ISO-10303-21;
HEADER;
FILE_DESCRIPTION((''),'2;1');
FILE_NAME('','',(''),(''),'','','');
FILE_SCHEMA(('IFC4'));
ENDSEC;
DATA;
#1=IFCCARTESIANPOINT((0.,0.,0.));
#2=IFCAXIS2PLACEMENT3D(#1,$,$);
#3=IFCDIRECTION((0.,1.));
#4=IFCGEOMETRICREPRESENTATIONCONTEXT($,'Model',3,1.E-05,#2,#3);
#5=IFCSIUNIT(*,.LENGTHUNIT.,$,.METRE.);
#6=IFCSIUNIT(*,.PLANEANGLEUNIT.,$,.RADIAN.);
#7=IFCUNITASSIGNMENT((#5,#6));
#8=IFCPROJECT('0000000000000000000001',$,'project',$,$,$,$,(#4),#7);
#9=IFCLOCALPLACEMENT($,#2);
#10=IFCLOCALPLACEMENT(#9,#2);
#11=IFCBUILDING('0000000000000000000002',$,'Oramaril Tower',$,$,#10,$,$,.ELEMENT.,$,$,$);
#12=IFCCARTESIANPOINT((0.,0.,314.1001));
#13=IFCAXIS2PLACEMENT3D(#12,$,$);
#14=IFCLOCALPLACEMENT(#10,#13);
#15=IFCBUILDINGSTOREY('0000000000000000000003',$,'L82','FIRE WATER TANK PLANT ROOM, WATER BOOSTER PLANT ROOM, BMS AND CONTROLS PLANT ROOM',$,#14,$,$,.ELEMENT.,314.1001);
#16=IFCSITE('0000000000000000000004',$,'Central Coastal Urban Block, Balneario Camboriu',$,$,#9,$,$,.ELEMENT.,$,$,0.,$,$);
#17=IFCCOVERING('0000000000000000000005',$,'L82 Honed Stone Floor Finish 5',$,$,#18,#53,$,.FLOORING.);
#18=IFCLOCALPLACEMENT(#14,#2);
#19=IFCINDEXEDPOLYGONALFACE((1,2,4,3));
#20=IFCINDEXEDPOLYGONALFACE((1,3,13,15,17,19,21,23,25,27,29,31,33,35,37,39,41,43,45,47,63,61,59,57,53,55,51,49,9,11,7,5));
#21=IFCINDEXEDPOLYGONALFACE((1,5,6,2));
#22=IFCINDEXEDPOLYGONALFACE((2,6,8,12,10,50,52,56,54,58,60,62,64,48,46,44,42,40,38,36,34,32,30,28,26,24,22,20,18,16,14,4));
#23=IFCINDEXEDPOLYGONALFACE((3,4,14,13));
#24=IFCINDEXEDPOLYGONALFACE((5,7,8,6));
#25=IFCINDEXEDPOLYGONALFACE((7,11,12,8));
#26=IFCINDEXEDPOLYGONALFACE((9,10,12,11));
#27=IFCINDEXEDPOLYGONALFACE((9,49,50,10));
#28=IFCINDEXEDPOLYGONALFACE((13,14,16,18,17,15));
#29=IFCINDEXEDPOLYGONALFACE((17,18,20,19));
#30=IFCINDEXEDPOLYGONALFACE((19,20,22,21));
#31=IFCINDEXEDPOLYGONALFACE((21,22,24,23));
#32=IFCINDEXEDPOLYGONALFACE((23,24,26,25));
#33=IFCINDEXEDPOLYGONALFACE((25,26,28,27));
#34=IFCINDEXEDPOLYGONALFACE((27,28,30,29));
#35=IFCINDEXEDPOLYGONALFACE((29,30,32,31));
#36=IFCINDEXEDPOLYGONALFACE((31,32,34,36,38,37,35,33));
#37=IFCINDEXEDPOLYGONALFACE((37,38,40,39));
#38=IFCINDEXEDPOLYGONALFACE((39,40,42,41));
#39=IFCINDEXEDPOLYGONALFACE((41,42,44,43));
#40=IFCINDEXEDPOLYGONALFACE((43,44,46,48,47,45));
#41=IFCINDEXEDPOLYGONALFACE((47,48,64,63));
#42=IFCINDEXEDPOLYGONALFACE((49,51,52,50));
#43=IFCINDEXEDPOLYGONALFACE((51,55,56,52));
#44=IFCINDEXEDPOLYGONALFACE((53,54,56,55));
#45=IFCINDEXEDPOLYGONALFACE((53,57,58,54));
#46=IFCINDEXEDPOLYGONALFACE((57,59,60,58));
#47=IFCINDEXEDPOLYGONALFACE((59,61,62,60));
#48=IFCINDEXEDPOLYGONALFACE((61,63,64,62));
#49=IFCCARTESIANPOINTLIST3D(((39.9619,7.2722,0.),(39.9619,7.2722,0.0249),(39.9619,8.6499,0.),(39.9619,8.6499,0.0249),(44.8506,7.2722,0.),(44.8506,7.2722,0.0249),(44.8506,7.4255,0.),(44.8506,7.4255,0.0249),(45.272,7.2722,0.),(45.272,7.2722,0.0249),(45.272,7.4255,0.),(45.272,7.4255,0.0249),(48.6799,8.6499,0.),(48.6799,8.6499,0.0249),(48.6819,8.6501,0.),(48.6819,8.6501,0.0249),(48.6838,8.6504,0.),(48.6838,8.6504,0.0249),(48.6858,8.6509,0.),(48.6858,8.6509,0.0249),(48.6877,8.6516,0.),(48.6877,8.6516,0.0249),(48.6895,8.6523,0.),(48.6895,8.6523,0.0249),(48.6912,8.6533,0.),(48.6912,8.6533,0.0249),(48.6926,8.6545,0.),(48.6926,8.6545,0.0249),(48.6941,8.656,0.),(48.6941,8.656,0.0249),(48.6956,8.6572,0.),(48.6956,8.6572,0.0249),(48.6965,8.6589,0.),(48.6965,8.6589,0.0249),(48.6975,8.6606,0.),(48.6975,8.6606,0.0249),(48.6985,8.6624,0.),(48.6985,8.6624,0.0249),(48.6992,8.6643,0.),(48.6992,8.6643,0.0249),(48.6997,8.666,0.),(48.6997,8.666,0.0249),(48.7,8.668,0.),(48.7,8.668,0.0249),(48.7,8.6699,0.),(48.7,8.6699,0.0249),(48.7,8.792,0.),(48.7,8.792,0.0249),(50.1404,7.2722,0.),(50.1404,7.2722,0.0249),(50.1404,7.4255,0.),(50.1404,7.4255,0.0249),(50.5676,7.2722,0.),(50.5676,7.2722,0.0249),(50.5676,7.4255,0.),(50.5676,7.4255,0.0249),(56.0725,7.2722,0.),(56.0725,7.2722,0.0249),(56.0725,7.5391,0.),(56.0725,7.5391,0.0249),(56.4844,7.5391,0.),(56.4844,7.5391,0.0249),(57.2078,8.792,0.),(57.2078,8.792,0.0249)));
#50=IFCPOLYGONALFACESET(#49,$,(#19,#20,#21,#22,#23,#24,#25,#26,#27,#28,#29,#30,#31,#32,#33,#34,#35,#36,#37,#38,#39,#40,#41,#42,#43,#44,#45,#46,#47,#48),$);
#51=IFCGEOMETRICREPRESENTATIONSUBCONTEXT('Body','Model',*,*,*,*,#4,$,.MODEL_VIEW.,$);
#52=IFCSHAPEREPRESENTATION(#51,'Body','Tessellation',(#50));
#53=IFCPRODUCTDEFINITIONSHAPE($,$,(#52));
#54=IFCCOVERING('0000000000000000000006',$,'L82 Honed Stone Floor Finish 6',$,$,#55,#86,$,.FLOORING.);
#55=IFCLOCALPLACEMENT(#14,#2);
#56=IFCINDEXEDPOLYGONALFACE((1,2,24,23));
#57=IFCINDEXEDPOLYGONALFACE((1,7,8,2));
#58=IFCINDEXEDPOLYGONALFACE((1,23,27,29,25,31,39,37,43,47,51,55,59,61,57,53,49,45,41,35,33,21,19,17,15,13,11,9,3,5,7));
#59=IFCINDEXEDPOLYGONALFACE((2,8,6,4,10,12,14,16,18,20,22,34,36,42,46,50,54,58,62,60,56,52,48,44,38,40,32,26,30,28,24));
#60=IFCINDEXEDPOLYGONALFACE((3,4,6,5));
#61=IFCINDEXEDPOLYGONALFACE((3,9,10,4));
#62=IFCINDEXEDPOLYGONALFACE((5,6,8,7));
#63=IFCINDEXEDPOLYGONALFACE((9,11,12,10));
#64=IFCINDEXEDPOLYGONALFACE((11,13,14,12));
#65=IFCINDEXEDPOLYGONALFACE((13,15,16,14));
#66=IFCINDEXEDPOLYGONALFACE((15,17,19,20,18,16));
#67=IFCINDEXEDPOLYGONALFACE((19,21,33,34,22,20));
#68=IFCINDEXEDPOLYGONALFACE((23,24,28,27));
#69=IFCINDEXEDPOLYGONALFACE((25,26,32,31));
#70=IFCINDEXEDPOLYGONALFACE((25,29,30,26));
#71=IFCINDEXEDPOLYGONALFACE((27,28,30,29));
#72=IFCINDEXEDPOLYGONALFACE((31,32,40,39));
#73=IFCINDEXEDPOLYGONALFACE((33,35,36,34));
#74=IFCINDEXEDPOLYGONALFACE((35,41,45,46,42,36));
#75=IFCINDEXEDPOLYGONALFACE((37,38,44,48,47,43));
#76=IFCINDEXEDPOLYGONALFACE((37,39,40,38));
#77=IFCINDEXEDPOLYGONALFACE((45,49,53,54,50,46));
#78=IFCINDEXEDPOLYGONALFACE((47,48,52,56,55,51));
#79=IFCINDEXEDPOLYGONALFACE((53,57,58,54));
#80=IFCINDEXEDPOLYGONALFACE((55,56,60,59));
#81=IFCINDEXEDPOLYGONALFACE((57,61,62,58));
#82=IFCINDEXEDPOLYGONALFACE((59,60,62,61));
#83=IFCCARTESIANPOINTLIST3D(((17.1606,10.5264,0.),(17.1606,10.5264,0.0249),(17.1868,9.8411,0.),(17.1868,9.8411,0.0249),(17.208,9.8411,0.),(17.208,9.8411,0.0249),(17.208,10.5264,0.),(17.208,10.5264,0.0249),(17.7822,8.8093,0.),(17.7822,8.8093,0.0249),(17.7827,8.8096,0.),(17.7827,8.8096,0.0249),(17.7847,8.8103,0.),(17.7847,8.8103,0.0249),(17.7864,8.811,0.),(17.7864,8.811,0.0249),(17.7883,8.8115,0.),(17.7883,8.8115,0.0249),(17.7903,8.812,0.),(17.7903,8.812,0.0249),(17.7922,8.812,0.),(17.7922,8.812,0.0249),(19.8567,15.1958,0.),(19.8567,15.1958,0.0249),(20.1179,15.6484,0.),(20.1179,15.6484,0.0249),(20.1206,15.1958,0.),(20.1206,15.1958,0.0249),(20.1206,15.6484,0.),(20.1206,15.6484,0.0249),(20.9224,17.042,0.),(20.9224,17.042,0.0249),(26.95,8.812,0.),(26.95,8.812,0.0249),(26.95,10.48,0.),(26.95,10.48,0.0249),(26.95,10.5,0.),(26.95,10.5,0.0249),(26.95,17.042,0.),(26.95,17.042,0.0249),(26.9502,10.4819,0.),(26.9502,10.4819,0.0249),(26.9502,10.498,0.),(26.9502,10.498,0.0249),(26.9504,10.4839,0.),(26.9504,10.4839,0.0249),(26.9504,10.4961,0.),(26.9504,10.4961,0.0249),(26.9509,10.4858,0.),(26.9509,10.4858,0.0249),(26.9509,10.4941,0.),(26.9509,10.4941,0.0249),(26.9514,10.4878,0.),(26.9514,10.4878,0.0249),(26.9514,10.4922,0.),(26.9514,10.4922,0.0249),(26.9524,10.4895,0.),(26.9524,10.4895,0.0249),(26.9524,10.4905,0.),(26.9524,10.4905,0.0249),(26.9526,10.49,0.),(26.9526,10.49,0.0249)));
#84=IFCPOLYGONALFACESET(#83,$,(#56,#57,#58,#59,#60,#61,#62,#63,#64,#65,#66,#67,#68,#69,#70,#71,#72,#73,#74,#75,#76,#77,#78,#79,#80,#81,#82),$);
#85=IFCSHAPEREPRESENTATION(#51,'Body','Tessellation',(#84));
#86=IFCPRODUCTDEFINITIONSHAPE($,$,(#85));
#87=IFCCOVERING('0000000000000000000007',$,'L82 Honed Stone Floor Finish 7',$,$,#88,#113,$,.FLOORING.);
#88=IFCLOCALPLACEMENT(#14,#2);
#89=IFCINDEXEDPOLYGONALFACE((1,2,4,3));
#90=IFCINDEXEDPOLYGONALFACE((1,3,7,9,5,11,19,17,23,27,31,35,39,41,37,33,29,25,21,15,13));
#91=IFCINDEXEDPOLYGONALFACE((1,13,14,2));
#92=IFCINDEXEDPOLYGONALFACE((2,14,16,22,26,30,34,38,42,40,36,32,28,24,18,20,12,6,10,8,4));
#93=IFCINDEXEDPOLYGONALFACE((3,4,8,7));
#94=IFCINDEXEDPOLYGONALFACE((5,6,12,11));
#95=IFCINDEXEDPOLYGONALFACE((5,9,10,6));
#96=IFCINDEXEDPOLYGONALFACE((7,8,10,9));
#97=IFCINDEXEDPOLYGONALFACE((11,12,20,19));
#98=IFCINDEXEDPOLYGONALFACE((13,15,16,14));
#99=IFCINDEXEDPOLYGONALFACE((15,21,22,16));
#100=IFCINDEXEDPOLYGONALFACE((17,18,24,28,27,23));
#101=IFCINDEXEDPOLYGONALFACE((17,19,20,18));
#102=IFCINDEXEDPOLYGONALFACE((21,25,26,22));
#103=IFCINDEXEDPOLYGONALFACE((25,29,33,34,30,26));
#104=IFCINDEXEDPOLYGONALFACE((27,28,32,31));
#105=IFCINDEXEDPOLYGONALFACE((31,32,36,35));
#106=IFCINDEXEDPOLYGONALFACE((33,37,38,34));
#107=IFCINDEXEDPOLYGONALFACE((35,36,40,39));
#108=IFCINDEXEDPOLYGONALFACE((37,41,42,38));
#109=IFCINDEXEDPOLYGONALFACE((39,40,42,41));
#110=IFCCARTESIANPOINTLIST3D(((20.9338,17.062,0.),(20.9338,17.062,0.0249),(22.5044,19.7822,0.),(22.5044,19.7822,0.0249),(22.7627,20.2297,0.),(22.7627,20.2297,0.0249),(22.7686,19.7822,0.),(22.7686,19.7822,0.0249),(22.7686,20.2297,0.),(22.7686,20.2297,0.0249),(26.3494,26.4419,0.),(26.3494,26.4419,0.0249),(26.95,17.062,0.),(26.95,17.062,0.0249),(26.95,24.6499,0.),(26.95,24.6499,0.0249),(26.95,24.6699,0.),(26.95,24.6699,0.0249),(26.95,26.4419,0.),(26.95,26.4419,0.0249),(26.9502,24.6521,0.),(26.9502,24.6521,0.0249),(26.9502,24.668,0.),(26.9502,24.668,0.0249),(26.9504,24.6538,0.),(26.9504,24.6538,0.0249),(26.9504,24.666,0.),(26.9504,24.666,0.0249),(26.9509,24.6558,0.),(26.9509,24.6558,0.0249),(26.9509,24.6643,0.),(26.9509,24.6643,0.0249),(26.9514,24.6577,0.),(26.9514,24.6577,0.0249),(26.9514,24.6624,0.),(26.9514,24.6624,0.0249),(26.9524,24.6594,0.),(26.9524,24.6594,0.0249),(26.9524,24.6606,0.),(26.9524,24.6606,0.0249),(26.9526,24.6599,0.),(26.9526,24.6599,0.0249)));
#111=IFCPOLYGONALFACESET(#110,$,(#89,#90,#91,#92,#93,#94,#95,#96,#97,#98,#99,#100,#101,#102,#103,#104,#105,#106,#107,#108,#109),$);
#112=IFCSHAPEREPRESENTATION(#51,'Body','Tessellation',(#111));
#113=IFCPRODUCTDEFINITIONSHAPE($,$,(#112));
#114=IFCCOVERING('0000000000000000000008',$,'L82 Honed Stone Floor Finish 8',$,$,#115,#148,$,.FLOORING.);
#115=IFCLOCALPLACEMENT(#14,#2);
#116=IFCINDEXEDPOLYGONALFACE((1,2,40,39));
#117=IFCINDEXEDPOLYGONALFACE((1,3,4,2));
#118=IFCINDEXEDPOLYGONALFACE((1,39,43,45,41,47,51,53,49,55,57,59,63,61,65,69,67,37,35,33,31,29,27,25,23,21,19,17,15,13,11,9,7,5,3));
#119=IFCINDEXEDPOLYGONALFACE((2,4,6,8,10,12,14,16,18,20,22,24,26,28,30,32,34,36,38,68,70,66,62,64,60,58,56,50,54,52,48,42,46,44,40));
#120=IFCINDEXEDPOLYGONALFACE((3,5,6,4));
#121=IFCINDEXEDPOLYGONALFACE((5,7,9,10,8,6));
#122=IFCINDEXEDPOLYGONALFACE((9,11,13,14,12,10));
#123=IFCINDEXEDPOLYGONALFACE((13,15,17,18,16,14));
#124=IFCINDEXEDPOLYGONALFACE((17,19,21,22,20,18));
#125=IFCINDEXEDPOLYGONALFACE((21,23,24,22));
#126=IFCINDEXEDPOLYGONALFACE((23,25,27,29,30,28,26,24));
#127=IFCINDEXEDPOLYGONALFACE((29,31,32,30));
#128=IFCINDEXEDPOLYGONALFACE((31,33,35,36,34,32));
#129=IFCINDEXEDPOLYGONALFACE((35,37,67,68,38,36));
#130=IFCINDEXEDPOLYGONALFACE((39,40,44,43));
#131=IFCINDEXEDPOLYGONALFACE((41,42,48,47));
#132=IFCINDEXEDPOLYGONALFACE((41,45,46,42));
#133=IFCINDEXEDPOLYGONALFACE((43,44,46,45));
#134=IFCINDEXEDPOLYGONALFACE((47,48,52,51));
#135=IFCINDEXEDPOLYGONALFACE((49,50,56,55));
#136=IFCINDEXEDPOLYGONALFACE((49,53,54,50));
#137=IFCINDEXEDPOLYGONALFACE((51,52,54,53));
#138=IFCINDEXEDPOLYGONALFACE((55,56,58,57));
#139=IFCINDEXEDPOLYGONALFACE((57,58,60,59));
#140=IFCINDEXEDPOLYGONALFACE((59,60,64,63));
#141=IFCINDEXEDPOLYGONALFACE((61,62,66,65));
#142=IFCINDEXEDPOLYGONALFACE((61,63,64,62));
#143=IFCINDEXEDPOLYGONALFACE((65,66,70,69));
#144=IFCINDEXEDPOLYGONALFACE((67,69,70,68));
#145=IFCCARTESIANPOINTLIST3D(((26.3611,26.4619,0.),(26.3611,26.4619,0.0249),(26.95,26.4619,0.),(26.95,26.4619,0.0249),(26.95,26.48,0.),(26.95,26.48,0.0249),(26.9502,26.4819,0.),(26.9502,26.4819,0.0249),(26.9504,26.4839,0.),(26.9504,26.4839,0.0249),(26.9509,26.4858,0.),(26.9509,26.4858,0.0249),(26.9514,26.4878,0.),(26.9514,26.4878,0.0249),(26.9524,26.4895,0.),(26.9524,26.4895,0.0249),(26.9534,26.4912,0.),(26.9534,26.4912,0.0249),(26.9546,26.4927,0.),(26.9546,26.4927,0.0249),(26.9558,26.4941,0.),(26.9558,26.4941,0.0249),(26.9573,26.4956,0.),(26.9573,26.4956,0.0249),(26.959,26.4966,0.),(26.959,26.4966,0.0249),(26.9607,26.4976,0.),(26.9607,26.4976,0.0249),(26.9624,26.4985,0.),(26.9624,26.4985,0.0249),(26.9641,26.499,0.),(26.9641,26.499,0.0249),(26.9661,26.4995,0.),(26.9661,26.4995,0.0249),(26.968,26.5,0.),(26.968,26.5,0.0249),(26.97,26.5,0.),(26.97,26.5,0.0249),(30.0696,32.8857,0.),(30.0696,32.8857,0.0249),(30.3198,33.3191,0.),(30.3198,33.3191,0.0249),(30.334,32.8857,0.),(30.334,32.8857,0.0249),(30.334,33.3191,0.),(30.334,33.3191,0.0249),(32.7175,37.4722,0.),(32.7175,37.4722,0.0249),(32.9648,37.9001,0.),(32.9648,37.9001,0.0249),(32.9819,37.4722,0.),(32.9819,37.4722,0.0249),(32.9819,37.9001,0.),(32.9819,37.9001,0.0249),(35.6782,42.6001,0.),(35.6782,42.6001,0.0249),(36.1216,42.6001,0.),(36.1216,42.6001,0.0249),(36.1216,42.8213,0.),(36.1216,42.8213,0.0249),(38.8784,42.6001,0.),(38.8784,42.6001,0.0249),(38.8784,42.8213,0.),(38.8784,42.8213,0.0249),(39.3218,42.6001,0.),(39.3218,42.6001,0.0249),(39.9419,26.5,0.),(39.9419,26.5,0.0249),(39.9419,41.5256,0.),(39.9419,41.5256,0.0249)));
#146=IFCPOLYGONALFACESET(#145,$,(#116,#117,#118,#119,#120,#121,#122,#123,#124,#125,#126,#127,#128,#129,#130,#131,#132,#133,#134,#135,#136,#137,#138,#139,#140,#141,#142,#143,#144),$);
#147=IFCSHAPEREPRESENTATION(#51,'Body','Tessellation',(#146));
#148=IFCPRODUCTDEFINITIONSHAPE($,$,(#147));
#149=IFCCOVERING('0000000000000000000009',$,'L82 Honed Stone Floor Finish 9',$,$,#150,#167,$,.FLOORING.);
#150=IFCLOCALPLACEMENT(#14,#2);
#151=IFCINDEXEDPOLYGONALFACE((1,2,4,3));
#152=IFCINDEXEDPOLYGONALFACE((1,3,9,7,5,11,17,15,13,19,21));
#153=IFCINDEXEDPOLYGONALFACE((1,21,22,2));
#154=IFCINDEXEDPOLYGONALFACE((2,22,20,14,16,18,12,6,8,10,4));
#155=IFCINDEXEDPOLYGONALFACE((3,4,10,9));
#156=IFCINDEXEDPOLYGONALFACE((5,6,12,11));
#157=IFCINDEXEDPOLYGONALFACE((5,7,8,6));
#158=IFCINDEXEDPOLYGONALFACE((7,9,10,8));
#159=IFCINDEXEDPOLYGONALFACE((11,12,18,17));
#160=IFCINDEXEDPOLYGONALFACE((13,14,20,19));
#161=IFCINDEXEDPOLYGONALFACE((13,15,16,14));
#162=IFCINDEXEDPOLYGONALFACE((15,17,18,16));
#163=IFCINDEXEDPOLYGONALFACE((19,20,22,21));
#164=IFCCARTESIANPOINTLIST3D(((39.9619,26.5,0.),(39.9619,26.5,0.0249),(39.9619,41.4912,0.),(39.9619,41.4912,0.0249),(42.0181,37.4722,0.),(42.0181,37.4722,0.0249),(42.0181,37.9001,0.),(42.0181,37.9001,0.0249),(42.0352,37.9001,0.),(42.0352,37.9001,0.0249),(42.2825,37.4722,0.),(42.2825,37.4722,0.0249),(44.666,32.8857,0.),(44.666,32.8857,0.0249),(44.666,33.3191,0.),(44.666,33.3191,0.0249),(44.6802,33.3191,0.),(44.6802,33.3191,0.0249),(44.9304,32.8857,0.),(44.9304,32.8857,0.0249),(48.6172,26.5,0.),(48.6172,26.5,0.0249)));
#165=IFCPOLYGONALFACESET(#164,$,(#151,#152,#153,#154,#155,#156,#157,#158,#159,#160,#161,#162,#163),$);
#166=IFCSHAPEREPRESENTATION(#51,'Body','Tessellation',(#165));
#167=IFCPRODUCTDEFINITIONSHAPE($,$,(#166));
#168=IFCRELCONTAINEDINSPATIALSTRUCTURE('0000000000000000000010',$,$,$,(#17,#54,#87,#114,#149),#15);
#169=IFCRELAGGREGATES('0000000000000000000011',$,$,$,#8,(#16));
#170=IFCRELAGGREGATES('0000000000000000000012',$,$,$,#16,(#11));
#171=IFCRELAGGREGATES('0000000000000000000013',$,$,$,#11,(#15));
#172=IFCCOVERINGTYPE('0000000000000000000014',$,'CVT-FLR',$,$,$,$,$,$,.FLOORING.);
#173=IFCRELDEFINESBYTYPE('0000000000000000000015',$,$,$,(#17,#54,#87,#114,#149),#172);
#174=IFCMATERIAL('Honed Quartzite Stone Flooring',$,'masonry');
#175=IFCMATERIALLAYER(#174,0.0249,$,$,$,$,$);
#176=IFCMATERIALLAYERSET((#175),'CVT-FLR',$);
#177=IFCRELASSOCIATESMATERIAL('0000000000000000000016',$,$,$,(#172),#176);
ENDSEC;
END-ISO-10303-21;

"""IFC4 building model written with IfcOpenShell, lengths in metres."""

from ifc_helpers import new_model, si_unit, direction, frame, origin, place, context, subcontext, project, spatial, polyline, outline, extrude, material, layer, layer_set, type_object, element, save


model = new_model("IFC4")

# Units and contexts
model_context = context("Model", 3, precision=1e-05, world=origin(), true_north=direction((0.0, 1.0)))
body_context = subcontext(model_context, "Body", "Model", "MODEL_VIEW")
ifc_project = project(units=[si_unit("LENGTHUNIT", "METRE"), si_unit("PLANEANGLEUNIT", "RADIAN")], contexts=[model_context])

# Site, building, storey
site_placement = place(None, origin())
site = spatial("IfcSite", under=ifc_project, at=site_placement, Name="Central Coastal Urban Block, Balneario Camboriu", CompositionType="ELEMENT", RefElevation=0.0)
building_placement = place(site_placement, origin())
building = spatial("IfcBuilding", under=site, at=building_placement, Name="Oramaril Tower", CompositionType="ELEMENT")
storey_placement = place(building_placement, frame((0.0, 0.0, 314.1001)))
storey = spatial("IfcBuildingStorey", under=building, at=storey_placement, Name="L82", Description="FIRE WATER TANK PLANT ROOM, WATER BOOSTER PLANT ROOM, BMS AND CONTROLS PLANT ROOM", CompositionType="ELEMENT", Elevation=314.1001)

# Coverings
ifc_material_1 = material(Name="Honed Quartzite Stone Flooring", Category="masonry")
ifc_layer_1 = layer(ifc_material_1, 0.0249)
ifc_layer_set_1 = layer_set([ifc_layer_1], Name="CVT-FLR")
covering_type_1 = type_object("IfcCoveringType", Name="CVT-FLR", PredefinedType="FLOORING", material=ifc_layer_set_1)
covering_1_placement = place(storey_placement, origin())
element("IfcCovering", 1, at=covering_1_placement, inside=storey, type_object=covering_type_1, Name="L82 Honed Stone Floor Finish 5", PredefinedType="FLOORING", context=body_context, shape_type="SweptSolid", body=[
    extrude(outline(polyline([(50.5676, 7.4255), (50.1404, 7.4255), (50.1404, 7.2722), (45.272, 7.2722), (45.272, 7.4255), (44.8506, 7.4255), (44.8506, 7.2722), (39.9619, 7.2722), (39.9619, 8.6499), (48.6799, 8.6499), (48.6819, 8.6501), (48.6838, 8.6504), (48.6858, 8.6509), (48.6877, 8.6516), (48.6895, 8.6523), (48.6912, 8.6533), (48.6926, 8.6545), (48.6941, 8.656), (48.6956, 8.6572), (48.6965, 8.6589), (48.6975, 8.6606), (48.6985, 8.6624), (48.6992, 8.6643), (48.6997, 8.666), (48.7, 8.668), (48.7, 8.6699), (48.7, 8.792), (57.2078, 8.792), (56.4844, 7.5391), (56.0725, 7.5391), (56.0725, 7.2722), (50.5676, 7.2722), (50.5676, 7.4255)])), origin(), (0.0, 0.0, 1.0), 0.0249),
])
covering_2_placement = place(storey_placement, origin())
element("IfcCovering", 2, at=covering_2_placement, inside=storey, type_object=covering_type_1, Name="L82 Honed Stone Floor Finish 6", PredefinedType="FLOORING", context=body_context, shape_type="SweptSolid", body=[
    extrude(outline(polyline([(17.1868, 9.8411), (17.208, 9.8411), (17.208, 10.5264), (17.1606, 10.5264), (19.8567, 15.1958), (20.1206, 15.1958), (20.1206, 15.6484), (20.1179, 15.6484), (20.9224, 17.042), (26.95, 17.042), (26.95, 10.5), (26.9502, 10.498), (26.9504, 10.4961), (26.9509, 10.4941), (26.9514, 10.4922), (26.9524, 10.4905), (26.9526, 10.49), (26.9524, 10.4895), (26.9514, 10.4878), (26.9509, 10.4858), (26.9504, 10.4839), (26.9502, 10.4819), (26.95, 10.48), (26.95, 8.812), (17.7922, 8.812), (17.7903, 8.812), (17.7883, 8.8115), (17.7864, 8.811), (17.7847, 8.8103), (17.7827, 8.8096), (17.7822, 8.8093), (17.1868, 9.8411)])), origin(), (0.0, 0.0, 1.0), 0.0249),
])
covering_3_placement = place(storey_placement, origin())
element("IfcCovering", 3, at=covering_3_placement, inside=storey, type_object=covering_type_1, Name="L82 Honed Stone Floor Finish 7", PredefinedType="FLOORING", context=body_context, shape_type="SweptSolid", body=[
    extrude(outline(polyline([(22.5044, 19.7822), (22.7686, 19.7822), (22.7686, 20.2297), (22.7627, 20.2297), (26.3494, 26.4419), (26.95, 26.4419), (26.95, 24.6699), (26.9502, 24.668), (26.9504, 24.666), (26.9509, 24.6643), (26.9514, 24.6624), (26.9524, 24.6606), (26.9526, 24.6599), (26.9524, 24.6594), (26.9514, 24.6577), (26.9509, 24.6558), (26.9504, 24.6538), (26.9502, 24.6521), (26.95, 24.6499), (26.95, 17.062), (20.9338, 17.062), (22.5044, 19.7822)])), origin(), (0.0, 0.0, 1.0), 0.0249),
])
covering_4_placement = place(storey_placement, origin())
element("IfcCovering", 4, at=covering_4_placement, inside=storey, type_object=covering_type_1, Name="L82 Honed Stone Floor Finish 8", PredefinedType="FLOORING", context=body_context, shape_type="SweptSolid", body=[
    extrude(outline(polyline([(30.334, 32.8857), (30.334, 33.3191), (30.3198, 33.3191), (32.7175, 37.4722), (32.9819, 37.4722), (32.9819, 37.9001), (32.9648, 37.9001), (35.6782, 42.6001), (36.1216, 42.6001), (36.1216, 42.8213), (38.8784, 42.8213), (38.8784, 42.6001), (39.3218, 42.6001), (39.9419, 41.5256), (39.9419, 26.5), (26.97, 26.5), (26.968, 26.5), (26.9661, 26.4995), (26.9641, 26.499), (26.9624, 26.4985), (26.9607, 26.4976), (26.959, 26.4966), (26.9573, 26.4956), (26.9558, 26.4941), (26.9546, 26.4927), (26.9534, 26.4912), (26.9524, 26.4895), (26.9514, 26.4878), (26.9509, 26.4858), (26.9504, 26.4839), (26.9502, 26.4819), (26.95, 26.48), (26.95, 26.4619), (26.3611, 26.4619), (30.0696, 32.8857), (30.334, 32.8857)])), origin(), (0.0, 0.0, 1.0), 0.0249),
])
covering_5_placement = place(storey_placement, origin())
element("IfcCovering", 5, at=covering_5_placement, inside=storey, type_object=covering_type_1, Name="L82 Honed Stone Floor Finish 9", PredefinedType="FLOORING", context=body_context, shape_type="SweptSolid", body=[
    extrude(outline(polyline([(42.0352, 37.9001), (42.0181, 37.9001), (42.0181, 37.4722), (42.2825, 37.4722), (44.6802, 33.3191), (44.666, 33.3191), (44.666, 32.8857), (44.9304, 32.8857), (48.6172, 26.5), (39.9619, 26.5), (39.9619, 41.4912), (42.0352, 37.9001)])), origin(), (0.0, 0.0, 1.0), 0.0249),
])

save(model, "model.ifc")
